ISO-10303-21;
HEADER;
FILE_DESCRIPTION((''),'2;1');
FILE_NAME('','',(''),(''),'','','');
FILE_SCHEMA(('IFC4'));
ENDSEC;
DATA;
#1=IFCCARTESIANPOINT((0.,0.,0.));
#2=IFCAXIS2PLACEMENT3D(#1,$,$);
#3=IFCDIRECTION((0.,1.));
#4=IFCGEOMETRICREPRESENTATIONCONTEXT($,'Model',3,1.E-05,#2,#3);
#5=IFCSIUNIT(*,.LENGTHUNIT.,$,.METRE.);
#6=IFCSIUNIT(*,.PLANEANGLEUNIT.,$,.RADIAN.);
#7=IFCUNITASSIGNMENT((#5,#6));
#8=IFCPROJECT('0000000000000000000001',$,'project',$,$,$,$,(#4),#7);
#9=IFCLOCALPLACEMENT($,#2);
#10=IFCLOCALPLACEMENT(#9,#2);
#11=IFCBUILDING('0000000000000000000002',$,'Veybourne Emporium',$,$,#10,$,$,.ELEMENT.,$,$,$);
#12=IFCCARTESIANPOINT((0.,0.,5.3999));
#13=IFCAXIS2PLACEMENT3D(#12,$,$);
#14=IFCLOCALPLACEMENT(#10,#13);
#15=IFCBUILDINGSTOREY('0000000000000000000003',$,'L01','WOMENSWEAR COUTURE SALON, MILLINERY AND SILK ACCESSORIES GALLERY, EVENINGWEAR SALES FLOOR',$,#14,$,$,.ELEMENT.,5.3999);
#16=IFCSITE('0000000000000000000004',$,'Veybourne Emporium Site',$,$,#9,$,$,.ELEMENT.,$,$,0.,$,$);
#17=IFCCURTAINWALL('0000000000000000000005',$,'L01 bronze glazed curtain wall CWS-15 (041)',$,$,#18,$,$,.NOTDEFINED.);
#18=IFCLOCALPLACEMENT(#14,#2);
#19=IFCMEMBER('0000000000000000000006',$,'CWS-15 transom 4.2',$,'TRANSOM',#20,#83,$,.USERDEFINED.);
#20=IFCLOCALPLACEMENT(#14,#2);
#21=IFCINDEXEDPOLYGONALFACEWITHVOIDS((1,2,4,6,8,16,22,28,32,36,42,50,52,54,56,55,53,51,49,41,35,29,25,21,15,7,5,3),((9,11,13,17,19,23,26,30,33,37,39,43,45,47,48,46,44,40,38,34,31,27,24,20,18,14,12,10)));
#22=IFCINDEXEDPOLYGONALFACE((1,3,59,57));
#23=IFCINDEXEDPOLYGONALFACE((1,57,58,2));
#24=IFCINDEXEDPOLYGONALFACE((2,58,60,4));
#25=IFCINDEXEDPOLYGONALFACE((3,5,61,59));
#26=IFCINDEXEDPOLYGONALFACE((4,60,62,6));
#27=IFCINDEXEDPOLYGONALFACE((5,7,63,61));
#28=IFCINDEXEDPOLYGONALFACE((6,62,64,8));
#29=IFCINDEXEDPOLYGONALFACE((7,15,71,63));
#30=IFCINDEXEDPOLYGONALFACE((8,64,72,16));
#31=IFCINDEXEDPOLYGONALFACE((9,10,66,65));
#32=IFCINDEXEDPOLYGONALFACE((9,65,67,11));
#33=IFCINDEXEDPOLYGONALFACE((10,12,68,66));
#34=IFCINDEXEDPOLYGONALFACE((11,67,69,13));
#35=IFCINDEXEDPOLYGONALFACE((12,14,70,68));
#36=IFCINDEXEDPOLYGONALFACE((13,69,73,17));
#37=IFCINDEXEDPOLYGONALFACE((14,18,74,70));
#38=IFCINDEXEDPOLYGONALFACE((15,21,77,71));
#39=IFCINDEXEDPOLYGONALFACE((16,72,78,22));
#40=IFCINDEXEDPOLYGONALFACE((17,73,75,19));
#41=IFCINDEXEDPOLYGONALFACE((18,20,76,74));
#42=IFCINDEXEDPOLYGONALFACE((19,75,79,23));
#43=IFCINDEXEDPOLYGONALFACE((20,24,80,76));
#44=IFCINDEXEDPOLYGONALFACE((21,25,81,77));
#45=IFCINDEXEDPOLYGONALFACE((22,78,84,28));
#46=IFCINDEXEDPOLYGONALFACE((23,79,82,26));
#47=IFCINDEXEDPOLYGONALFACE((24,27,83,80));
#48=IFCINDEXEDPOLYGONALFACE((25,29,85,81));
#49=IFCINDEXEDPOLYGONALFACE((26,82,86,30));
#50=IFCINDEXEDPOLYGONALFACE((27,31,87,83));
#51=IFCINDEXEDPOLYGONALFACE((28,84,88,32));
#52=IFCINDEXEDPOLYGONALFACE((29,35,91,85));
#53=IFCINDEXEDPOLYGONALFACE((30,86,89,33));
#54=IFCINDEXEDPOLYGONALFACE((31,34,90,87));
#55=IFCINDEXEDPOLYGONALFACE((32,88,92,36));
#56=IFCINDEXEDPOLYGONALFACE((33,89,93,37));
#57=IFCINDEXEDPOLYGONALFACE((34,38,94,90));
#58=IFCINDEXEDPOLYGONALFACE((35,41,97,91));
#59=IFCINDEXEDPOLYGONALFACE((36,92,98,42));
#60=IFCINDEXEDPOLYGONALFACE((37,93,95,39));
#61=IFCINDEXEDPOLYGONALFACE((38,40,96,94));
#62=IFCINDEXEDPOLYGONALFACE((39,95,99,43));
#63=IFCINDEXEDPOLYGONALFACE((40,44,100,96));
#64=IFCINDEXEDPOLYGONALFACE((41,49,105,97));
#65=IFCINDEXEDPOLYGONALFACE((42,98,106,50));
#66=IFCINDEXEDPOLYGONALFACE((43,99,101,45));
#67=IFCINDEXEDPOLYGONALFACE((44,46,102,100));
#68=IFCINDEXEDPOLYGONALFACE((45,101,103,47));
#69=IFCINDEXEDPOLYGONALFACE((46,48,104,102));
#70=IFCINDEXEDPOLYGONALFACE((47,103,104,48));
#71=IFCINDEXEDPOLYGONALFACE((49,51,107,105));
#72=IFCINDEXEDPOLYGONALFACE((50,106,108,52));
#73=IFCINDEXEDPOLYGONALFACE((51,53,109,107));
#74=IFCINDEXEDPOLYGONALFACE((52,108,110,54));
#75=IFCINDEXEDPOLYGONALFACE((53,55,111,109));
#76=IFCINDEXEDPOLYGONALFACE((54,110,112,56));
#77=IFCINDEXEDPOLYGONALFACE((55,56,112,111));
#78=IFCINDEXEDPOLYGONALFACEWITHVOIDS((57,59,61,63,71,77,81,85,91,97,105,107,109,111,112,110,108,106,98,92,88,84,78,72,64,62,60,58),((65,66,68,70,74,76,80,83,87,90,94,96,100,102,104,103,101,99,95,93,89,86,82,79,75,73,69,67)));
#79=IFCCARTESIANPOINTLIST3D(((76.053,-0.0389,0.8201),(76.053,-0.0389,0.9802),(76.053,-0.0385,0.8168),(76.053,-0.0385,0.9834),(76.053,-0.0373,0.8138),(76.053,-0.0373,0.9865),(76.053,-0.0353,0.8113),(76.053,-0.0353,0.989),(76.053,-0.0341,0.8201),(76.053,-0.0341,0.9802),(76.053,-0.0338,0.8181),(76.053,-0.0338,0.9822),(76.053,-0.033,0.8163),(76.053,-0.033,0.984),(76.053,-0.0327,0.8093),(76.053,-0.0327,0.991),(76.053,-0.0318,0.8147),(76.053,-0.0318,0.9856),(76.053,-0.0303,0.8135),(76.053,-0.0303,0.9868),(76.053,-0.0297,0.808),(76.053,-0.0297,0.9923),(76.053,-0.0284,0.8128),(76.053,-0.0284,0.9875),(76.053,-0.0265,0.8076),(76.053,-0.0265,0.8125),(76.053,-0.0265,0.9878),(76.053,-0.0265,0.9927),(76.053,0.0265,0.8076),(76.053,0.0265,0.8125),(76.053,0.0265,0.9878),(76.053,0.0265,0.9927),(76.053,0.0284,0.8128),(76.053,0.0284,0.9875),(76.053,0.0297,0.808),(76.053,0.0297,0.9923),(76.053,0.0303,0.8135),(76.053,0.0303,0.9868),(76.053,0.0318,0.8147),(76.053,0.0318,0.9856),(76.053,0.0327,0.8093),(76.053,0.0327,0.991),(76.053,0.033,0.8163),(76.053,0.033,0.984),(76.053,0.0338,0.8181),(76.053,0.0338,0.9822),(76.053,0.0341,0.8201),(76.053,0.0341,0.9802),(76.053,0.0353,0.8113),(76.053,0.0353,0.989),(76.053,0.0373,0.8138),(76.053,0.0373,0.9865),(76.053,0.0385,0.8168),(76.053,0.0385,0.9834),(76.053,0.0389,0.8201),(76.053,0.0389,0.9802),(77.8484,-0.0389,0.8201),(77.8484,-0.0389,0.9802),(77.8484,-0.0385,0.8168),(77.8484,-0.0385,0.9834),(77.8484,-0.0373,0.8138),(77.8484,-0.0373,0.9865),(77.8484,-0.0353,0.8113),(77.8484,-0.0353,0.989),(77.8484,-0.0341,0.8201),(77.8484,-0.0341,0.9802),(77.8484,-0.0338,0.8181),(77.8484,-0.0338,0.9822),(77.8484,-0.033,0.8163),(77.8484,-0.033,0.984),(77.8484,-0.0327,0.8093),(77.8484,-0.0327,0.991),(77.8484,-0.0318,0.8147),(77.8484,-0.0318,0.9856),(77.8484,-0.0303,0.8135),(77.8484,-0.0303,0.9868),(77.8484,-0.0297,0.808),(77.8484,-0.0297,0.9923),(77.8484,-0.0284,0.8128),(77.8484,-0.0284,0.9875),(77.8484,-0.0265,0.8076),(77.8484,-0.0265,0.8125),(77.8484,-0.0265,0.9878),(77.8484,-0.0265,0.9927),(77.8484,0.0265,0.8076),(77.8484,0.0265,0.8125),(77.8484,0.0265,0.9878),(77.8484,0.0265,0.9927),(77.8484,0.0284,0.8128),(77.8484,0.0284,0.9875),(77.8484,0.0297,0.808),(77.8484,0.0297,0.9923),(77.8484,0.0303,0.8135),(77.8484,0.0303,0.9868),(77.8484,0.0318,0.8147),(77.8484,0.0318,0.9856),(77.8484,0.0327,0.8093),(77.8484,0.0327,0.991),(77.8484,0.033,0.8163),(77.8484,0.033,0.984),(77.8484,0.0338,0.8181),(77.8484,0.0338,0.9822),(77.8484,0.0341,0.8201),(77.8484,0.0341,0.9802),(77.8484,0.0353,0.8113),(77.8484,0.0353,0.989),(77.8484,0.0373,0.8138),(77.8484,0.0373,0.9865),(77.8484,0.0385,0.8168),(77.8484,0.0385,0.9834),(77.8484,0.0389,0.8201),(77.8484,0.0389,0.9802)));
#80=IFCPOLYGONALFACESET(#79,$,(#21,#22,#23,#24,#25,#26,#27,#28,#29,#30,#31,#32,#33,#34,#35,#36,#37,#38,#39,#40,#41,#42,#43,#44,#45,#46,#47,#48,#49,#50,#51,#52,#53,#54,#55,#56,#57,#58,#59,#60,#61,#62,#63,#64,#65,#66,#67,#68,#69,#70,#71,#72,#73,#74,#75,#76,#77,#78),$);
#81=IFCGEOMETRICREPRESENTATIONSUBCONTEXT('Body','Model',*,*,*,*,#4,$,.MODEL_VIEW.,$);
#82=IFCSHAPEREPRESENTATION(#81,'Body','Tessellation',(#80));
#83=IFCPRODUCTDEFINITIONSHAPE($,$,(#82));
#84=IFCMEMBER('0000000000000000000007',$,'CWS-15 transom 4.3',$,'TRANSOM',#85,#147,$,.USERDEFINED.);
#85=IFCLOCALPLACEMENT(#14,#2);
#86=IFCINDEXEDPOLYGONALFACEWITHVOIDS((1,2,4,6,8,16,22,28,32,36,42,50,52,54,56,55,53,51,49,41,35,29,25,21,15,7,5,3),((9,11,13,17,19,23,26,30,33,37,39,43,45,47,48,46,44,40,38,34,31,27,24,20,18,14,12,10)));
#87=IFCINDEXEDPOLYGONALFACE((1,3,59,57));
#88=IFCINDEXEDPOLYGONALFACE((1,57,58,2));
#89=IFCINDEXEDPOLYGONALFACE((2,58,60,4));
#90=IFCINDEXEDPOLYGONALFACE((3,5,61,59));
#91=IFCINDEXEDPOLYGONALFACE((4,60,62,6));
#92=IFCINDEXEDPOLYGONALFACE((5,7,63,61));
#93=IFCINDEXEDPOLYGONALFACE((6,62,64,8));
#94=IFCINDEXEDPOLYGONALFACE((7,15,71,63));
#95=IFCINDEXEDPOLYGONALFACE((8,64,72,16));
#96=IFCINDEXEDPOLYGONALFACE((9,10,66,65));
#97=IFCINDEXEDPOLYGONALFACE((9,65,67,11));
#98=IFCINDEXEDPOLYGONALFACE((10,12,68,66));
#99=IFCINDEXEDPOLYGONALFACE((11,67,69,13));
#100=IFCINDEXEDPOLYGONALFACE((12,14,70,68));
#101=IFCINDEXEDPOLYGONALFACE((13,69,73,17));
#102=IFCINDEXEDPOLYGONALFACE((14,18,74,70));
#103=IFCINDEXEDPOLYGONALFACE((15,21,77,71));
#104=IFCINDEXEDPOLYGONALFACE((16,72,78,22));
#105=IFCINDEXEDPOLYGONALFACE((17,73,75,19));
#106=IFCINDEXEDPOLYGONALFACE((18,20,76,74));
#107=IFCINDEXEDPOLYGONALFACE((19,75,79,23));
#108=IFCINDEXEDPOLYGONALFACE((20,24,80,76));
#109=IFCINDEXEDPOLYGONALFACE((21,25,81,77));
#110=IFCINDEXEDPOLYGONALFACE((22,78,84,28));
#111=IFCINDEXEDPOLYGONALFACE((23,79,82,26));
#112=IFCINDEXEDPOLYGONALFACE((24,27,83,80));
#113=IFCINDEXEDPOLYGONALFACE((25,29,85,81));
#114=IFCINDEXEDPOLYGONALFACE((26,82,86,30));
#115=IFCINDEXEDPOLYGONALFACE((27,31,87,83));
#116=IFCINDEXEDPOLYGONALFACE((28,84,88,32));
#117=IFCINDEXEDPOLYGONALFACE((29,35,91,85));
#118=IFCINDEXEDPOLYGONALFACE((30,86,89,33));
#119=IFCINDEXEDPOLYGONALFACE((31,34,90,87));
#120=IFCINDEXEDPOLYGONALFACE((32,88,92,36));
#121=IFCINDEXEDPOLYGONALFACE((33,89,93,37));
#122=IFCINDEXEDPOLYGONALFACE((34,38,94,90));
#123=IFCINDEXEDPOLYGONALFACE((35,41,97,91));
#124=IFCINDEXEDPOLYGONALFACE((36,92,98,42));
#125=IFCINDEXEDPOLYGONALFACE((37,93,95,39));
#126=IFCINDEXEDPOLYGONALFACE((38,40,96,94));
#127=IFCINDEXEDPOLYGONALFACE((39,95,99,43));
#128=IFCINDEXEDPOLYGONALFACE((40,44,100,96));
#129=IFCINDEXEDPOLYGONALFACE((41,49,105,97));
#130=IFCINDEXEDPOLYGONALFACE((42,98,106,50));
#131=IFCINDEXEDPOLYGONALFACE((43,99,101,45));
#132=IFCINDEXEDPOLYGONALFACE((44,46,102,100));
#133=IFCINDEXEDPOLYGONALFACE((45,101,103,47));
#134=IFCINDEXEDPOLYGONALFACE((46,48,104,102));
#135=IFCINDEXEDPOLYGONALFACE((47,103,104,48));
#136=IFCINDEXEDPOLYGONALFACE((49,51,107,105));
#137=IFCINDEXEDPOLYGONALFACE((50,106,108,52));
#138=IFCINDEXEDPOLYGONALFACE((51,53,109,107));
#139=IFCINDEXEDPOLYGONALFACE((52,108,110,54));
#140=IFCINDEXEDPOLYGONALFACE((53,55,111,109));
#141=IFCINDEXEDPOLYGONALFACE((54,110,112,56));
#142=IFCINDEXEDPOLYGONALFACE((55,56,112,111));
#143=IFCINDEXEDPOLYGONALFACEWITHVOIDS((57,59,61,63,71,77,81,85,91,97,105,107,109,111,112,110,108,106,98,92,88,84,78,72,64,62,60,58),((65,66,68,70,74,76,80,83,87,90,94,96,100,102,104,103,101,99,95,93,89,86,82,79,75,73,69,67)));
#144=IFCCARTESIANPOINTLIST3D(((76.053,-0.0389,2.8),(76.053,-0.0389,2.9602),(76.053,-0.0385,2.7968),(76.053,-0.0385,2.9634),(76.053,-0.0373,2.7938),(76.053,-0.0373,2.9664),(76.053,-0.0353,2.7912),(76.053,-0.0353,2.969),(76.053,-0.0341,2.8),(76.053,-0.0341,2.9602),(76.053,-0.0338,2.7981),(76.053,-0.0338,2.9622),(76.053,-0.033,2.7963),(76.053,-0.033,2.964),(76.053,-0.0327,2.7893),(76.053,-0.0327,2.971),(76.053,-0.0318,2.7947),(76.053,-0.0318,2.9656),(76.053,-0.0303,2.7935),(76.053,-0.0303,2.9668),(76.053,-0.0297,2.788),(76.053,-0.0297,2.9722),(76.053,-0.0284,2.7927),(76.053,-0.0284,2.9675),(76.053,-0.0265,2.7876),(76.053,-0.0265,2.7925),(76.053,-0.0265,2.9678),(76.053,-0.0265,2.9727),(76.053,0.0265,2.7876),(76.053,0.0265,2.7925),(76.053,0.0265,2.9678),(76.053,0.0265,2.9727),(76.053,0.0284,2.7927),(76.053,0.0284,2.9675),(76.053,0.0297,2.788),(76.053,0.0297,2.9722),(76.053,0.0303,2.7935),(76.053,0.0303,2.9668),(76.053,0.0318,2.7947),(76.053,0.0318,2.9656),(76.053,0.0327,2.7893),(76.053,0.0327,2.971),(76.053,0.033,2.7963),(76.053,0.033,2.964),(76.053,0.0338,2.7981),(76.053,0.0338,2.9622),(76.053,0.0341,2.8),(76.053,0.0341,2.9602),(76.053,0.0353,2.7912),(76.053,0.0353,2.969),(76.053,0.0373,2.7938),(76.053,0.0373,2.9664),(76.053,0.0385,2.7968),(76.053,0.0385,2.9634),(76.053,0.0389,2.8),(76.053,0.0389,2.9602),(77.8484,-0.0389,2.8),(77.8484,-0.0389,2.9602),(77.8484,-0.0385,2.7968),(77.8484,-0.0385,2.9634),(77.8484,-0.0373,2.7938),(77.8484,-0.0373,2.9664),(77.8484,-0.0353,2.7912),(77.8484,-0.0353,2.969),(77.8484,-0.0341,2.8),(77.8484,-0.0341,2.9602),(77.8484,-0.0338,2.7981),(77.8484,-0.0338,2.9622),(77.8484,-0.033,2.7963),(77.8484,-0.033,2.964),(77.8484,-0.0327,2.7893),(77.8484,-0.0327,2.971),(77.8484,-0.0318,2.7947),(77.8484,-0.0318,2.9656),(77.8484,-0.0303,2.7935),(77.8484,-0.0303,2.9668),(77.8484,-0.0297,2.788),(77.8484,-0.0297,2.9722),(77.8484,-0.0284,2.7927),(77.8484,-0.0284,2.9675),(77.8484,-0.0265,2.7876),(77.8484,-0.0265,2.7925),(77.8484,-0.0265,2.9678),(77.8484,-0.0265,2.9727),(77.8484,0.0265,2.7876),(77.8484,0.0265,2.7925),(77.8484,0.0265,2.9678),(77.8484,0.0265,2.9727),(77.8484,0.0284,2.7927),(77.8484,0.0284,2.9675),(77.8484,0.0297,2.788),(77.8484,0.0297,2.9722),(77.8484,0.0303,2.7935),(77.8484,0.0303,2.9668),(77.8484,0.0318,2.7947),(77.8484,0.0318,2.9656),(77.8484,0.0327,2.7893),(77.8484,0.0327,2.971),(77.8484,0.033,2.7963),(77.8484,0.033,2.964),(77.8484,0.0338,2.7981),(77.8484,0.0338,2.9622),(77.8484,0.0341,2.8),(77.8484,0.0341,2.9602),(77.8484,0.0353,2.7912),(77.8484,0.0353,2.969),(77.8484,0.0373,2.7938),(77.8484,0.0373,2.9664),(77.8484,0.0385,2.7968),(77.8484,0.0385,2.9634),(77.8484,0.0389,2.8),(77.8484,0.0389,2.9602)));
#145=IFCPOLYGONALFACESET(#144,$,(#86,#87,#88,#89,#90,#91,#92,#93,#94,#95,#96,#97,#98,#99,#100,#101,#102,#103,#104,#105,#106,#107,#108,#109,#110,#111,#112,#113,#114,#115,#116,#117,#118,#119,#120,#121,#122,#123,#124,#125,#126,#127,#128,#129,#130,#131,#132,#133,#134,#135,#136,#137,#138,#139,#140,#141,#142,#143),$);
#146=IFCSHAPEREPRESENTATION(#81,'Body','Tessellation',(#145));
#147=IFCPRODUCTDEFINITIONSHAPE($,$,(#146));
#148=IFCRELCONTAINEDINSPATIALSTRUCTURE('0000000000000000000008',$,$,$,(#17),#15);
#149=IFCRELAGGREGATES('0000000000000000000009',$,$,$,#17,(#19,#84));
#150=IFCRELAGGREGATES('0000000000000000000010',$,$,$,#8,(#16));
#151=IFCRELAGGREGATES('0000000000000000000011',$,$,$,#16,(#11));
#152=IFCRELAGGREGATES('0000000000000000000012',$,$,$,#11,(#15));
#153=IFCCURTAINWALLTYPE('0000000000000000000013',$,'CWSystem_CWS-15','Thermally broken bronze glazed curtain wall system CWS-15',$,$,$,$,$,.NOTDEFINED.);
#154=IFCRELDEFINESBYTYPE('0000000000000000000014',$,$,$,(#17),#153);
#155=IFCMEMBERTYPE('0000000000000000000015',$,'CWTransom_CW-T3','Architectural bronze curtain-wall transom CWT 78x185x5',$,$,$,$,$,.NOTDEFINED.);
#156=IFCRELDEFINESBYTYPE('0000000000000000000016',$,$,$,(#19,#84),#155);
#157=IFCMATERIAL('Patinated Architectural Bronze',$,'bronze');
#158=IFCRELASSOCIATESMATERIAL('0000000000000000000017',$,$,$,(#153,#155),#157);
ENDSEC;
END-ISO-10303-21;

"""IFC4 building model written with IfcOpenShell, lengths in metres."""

from ifc_helpers import new_model, si_unit, direction, frame, origin, origin_2d, place, context, subcontext, project, spatial, hollow_rectangle, extrude, material, material_profile, profile_set, type_object, element, aggregate, save


model = new_model("IFC4")

# Units and contexts
model_context = context("Model", 3, precision=1e-05, world=origin(), true_north=direction((0.0, 1.0)))
body_context = subcontext(model_context, "Body", "Model", "MODEL_VIEW")
ifc_project = project(units=[si_unit("LENGTHUNIT", "METRE"), si_unit("PLANEANGLEUNIT", "RADIAN")], contexts=[model_context])

# Site, building, storey
site_placement = place(None, origin())
site = spatial("IfcSite", under=ifc_project, at=site_placement, Name="Veybourne Emporium Site", CompositionType="ELEMENT", RefElevation=0.0)
building_placement = place(site_placement, origin())
building = spatial("IfcBuilding", under=site, at=building_placement, Name="Veybourne Emporium", CompositionType="ELEMENT")
storey_placement = place(building_placement, frame((0.0, 0.0, 5.3999)))
storey = spatial("IfcBuildingStorey", under=building, at=storey_placement, Name="L01", Description="WOMENSWEAR COUTURE SALON, MILLINERY AND SILK ACCESSORIES GALLERY, EVENINGWEAR SALES FLOOR", CompositionType="ELEMENT", Elevation=5.3999)

# Curtain wall, members
ifc_material_1 = material(Name="Patinated Architectural Bronze", Category="bronze")
curtain_wall_type = type_object("IfcCurtainWallType", Name="CWSystem_CWS-15", Description="Thermally broken bronze glazed curtain wall system CWS-15", PredefinedType="NOTDEFINED", material=ifc_material_1)
curtain_wall_placement = place(storey_placement, origin())
curtain_wall = element("IfcCurtainWall", 1, at=curtain_wall_placement, inside=storey, type_object=curtain_wall_type, Name="L01 bronze glazed curtain wall CWS-15 (041)", PredefinedType="NOTDEFINED")
ifc_material_profile_1 = material_profile(ifc_material_1, hollow_rectangle(XDim=0.0779, YDim=0.1851, WallThickness=0.0049, InnerFilletRadius=0.0076, OuterFilletRadius=0.0125, at=origin_2d()), Name="CWT 78x185x5")
ifc_profile_set_1 = profile_set([ifc_material_profile_1], Name="Patinated Architectural Bronze")
member_type_1 = type_object("IfcMemberType", Name="CWTransom_CW-T3", Description="Architectural bronze curtain-wall transom CWT 78x185x5", PredefinedType="NOTDEFINED", material=ifc_profile_set_1)
member_1_placement = place(storey_placement, frame((77.8484, 0.0, 0.9001), z_axis=(-1.0, 0.0, 0.0), x_axis=(0.0, -1.0, 0.0)))
member_1 = element("IfcMember", 2, at=member_1_placement, type_object=member_type_1, Name="CWS-15 transom 4.2", ObjectType="TRANSOM", PredefinedType="USERDEFINED", context=body_context, shape_type="SweptSolid", body=[
    extrude(hollow_rectangle(XDim=0.0779, YDim=0.1851, WallThickness=0.0049, InnerFilletRadius=0.0076, OuterFilletRadius=0.0125, at=origin_2d()), origin(), (0.0, 0.0, 1.0), 1.7954),
])
member_2_placement = place(storey_placement, frame((77.8484, 0.0, 2.8801), z_axis=(-1.0, 0.0, 0.0), x_axis=(0.0, -1.0, 0.0)))
member_2 = element("IfcMember", 3, at=member_2_placement, type_object=member_type_1, Name="CWS-15 transom 4.3", ObjectType="TRANSOM", PredefinedType="USERDEFINED", context=body_context, shape_type="SweptSolid", body=[
    extrude(hollow_rectangle(XDim=0.0779, YDim=0.1851, WallThickness=0.0049, InnerFilletRadius=0.0076, OuterFilletRadius=0.0125, at=origin_2d()), origin(), (0.0, 0.0, 1.0), 1.7954),
])

aggregate(curtain_wall, [member_1, member_2])

save(model, "model.ifc")
